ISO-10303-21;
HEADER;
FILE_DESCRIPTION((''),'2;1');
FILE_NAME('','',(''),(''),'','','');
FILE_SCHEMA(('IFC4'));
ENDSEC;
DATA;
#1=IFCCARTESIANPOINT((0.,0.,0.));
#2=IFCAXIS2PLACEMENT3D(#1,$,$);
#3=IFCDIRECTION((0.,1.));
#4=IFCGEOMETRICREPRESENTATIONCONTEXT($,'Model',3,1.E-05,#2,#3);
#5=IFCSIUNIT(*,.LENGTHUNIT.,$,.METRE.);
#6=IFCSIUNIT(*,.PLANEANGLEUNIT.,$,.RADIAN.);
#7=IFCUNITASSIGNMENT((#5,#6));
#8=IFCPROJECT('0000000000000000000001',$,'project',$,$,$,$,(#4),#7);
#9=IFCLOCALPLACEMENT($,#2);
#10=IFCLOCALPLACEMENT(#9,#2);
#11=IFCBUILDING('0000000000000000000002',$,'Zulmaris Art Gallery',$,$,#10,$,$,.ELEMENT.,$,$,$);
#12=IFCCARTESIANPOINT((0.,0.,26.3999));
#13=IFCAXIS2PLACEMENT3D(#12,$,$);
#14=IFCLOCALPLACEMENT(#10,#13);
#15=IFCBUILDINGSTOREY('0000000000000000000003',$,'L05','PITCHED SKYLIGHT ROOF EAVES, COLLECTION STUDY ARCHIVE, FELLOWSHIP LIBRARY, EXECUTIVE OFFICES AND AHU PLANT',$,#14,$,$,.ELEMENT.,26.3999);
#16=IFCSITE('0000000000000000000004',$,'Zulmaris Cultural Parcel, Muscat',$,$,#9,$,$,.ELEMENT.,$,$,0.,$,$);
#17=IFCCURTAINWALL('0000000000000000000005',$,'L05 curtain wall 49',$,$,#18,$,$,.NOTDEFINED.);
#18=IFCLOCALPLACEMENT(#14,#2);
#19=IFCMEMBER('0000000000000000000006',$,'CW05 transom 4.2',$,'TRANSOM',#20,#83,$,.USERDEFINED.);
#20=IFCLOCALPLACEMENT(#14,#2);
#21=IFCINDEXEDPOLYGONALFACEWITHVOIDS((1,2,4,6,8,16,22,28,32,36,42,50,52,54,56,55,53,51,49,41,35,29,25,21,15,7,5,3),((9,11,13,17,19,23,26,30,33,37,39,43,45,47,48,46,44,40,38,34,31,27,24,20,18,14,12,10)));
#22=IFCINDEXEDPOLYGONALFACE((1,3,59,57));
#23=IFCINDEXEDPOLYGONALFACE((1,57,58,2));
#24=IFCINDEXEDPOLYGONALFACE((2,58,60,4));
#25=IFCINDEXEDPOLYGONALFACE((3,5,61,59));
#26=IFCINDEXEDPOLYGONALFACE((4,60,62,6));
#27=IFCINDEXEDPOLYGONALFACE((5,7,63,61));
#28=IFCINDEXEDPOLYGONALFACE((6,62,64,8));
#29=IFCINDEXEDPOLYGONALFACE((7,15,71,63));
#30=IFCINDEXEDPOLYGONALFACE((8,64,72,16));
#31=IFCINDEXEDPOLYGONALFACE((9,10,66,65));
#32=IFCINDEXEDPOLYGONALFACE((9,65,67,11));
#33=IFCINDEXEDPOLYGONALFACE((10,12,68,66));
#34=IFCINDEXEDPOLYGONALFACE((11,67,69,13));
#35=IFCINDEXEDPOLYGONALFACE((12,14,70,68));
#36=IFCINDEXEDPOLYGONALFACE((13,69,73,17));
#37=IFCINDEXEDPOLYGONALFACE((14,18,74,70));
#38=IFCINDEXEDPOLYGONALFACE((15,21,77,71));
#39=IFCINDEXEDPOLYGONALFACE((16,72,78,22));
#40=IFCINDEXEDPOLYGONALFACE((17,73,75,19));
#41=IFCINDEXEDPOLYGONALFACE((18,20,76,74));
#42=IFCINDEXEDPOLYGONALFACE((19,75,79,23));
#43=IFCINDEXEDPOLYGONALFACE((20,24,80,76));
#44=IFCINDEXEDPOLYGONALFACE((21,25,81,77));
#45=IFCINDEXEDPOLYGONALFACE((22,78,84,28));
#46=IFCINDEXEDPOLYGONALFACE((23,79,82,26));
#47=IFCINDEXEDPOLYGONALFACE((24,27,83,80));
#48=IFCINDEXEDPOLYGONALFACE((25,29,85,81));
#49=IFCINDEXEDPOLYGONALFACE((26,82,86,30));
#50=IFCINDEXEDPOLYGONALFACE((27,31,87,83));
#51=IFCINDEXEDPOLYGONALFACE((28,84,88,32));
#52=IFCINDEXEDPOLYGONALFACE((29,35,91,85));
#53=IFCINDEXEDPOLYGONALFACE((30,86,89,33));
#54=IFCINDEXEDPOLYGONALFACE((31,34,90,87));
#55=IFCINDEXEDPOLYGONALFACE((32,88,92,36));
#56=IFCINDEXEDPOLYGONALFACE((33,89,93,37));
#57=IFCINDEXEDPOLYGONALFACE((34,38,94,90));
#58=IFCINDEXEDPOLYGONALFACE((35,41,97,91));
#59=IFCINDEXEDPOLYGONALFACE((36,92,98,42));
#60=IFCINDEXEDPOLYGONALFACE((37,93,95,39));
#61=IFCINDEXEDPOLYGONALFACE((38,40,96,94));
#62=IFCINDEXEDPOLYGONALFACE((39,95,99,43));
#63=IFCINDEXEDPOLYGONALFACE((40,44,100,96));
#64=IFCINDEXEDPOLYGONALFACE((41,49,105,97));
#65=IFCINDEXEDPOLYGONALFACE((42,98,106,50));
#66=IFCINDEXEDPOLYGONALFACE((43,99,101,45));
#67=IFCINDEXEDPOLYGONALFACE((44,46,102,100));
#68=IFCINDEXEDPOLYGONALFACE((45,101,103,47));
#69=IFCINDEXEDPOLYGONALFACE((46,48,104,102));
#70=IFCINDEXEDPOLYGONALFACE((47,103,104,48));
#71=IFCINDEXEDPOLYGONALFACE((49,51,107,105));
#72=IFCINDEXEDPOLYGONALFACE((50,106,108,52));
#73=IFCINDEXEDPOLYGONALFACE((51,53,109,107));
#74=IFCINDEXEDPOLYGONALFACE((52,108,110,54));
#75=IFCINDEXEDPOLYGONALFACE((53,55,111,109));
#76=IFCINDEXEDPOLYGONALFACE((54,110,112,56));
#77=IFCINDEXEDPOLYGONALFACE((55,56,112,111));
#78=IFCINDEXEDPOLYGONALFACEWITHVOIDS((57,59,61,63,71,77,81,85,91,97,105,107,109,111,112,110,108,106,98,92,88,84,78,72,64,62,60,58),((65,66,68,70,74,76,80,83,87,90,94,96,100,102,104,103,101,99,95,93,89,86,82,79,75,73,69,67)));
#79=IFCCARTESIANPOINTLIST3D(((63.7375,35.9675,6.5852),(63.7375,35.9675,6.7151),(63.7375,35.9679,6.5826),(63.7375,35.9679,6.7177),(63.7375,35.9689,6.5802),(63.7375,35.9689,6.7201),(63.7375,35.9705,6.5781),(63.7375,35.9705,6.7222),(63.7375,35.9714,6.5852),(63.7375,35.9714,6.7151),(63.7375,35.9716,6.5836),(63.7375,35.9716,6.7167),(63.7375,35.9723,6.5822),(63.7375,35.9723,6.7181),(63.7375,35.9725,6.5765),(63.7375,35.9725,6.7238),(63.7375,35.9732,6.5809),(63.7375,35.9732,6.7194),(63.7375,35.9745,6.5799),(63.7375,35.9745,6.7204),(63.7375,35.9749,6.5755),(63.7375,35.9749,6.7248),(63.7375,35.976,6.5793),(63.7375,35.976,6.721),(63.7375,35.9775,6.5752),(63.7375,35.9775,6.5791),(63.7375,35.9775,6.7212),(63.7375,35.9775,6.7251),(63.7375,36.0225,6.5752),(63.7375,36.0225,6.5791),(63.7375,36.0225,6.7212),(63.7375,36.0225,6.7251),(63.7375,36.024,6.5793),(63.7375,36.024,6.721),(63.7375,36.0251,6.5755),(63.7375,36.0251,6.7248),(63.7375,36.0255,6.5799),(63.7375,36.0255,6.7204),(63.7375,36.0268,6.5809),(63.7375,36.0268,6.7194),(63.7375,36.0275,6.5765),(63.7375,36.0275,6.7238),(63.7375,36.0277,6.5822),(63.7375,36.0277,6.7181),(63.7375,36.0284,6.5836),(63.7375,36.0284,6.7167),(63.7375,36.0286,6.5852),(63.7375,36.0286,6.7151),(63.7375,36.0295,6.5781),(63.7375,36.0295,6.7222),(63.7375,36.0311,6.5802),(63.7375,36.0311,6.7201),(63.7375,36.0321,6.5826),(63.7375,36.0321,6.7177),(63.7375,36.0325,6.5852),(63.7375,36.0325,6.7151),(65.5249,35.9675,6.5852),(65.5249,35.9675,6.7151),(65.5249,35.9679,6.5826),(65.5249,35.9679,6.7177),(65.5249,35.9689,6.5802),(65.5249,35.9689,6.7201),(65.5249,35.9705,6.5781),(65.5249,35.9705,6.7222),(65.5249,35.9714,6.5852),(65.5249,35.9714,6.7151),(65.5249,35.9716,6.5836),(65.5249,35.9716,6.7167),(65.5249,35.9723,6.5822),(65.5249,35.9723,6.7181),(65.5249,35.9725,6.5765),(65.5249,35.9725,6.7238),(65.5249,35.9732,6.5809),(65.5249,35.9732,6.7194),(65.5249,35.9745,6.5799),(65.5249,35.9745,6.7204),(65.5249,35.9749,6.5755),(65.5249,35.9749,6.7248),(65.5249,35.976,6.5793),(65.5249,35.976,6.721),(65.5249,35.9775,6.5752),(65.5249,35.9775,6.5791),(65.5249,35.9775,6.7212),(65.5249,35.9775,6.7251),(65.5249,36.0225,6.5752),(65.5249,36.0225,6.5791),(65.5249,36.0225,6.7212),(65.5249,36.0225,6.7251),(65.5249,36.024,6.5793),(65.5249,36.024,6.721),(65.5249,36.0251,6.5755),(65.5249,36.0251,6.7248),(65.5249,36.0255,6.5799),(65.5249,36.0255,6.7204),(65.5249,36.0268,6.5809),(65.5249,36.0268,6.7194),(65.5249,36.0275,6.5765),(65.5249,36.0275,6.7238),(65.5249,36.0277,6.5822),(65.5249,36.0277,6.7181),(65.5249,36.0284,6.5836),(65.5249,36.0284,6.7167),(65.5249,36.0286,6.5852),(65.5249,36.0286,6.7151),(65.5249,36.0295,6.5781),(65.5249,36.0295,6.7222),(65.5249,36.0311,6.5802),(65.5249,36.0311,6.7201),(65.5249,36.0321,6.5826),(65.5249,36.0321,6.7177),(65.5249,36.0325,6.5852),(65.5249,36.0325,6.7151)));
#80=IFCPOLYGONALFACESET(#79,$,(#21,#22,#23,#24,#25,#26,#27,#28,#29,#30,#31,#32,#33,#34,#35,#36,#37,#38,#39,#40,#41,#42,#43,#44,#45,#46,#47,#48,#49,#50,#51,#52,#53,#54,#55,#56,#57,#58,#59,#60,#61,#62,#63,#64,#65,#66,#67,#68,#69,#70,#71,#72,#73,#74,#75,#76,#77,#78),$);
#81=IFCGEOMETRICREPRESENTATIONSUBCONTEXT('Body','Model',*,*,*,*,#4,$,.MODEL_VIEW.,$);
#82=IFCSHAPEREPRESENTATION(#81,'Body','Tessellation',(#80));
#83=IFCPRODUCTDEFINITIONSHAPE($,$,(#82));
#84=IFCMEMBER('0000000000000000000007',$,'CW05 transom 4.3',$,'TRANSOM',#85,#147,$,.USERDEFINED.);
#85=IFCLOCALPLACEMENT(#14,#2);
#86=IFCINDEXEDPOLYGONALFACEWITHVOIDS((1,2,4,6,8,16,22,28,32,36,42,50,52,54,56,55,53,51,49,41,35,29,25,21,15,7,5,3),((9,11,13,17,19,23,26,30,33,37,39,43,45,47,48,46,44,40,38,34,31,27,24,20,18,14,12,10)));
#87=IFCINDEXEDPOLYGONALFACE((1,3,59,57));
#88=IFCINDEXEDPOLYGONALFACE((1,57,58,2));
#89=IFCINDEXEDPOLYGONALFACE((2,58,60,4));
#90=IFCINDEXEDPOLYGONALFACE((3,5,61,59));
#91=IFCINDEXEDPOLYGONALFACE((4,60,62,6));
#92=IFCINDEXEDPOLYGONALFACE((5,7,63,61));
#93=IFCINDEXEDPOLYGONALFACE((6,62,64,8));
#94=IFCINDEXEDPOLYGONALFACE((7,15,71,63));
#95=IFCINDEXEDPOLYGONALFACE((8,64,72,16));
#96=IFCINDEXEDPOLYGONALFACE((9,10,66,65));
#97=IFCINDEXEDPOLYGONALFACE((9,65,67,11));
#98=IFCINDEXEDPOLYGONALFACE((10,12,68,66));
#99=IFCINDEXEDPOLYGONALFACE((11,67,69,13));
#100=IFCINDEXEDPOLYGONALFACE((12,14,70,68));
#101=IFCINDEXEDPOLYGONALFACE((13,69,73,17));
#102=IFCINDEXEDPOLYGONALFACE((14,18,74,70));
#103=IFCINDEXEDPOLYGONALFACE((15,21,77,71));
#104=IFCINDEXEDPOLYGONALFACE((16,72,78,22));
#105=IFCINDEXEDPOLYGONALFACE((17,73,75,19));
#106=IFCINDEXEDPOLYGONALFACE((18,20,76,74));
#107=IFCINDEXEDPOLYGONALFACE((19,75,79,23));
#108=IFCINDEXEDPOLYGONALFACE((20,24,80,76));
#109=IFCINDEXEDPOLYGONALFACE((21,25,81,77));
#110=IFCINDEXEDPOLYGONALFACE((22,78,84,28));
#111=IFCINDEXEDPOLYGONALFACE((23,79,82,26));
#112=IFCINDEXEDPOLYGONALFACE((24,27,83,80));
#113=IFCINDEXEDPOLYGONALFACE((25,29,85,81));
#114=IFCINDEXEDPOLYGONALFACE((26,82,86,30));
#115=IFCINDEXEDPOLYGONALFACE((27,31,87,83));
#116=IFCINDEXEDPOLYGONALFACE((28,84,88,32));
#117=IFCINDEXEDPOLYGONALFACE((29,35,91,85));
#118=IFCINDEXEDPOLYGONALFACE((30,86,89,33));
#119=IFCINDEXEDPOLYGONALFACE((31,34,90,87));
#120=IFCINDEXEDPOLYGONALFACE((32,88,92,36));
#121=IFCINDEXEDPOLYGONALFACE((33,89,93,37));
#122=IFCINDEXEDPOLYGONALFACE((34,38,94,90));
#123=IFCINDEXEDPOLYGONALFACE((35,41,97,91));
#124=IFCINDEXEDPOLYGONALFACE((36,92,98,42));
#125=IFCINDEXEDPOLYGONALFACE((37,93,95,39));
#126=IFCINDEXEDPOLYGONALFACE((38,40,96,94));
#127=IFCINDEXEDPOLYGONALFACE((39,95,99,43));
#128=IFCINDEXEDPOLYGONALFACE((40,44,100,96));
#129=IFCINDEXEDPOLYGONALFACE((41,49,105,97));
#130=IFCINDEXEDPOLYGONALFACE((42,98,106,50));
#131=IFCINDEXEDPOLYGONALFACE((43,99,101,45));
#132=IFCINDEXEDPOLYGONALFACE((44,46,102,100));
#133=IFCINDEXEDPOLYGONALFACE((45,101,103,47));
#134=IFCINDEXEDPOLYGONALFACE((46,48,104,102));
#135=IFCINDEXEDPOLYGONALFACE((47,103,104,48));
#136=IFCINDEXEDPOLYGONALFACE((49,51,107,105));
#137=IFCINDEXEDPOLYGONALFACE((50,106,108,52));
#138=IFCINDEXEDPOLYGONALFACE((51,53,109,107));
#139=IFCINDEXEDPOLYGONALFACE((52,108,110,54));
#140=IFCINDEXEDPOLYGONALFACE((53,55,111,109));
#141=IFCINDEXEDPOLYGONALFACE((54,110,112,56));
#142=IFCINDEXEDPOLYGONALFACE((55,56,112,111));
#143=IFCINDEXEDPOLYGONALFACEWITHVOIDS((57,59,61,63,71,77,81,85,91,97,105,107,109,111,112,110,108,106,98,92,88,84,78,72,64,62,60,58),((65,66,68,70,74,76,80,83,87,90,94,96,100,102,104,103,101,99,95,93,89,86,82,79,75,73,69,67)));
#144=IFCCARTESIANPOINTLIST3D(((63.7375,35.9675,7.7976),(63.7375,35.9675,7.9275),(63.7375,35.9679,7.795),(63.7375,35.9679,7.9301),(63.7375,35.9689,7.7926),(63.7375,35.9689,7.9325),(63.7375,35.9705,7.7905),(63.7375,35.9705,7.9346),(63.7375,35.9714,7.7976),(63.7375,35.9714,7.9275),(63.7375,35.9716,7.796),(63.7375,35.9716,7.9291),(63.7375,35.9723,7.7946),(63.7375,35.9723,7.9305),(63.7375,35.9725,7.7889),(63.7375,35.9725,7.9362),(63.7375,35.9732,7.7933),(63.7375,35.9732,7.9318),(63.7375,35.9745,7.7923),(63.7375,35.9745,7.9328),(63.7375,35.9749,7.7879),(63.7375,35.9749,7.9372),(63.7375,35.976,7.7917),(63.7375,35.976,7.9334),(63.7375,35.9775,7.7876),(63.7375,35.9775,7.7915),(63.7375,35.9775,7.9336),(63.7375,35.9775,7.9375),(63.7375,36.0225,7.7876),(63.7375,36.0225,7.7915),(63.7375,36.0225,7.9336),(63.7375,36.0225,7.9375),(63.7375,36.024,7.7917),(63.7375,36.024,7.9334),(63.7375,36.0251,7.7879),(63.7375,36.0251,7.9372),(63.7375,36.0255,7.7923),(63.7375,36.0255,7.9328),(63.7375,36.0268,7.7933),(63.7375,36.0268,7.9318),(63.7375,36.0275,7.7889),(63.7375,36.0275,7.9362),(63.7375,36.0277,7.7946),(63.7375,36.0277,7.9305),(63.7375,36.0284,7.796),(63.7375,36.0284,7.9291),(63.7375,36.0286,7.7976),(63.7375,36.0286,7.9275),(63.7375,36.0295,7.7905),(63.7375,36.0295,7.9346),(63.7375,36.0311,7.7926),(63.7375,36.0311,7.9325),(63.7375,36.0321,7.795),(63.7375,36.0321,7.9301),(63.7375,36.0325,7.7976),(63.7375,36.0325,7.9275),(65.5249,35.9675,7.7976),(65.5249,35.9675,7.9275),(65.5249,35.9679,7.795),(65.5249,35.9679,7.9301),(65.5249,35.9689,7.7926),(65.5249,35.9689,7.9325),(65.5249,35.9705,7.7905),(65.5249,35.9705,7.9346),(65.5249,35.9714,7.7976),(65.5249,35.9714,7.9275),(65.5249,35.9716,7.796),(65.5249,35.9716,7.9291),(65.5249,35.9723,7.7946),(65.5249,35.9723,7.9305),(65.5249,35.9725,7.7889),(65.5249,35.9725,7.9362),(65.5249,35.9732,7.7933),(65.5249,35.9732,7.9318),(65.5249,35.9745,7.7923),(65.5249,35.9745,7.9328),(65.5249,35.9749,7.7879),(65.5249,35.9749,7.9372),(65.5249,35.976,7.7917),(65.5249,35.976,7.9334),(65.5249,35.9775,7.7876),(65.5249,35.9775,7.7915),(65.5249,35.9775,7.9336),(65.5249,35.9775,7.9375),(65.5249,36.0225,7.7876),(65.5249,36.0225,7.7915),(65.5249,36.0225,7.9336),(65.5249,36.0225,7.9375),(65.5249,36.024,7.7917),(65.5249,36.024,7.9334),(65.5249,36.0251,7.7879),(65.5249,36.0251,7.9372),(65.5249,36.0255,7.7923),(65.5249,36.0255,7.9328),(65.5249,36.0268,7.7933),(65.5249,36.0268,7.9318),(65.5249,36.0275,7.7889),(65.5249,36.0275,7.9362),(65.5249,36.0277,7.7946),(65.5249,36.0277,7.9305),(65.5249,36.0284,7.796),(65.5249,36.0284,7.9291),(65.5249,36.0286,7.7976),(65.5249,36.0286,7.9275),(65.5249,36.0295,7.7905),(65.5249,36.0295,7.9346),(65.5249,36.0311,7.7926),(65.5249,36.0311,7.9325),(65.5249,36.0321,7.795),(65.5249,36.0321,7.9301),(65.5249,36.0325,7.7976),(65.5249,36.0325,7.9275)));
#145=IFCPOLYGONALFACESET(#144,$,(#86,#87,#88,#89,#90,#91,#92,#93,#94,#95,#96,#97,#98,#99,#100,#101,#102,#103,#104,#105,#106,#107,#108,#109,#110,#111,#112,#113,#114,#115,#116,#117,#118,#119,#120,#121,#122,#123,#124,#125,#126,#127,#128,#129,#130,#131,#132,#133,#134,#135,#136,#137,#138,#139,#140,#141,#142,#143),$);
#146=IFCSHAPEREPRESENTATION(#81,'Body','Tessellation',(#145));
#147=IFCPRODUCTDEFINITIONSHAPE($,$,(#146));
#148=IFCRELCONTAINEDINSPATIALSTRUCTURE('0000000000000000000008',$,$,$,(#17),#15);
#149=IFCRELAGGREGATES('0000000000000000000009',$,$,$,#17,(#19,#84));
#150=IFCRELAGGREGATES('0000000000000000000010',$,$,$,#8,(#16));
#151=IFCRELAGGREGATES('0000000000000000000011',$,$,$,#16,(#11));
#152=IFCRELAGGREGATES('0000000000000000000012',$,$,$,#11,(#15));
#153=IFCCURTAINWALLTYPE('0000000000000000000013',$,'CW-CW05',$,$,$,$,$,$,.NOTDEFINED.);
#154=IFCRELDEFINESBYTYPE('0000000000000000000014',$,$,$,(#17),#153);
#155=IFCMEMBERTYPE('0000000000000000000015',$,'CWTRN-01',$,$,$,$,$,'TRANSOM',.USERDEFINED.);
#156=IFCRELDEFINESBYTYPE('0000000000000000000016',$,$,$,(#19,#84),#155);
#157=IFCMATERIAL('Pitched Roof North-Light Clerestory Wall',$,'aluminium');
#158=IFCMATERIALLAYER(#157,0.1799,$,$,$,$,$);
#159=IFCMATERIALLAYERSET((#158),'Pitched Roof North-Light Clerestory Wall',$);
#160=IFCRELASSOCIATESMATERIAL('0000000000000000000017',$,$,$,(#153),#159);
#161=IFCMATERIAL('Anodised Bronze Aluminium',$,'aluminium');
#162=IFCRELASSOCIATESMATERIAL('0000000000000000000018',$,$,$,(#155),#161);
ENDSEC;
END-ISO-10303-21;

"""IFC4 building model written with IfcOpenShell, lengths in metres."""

from ifc_helpers import new_model, si_unit, direction, frame, origin, origin_2d, place, context, subcontext, project, spatial, hollow_rectangle, extrude, material, layer, layer_set, material_profile, profile_set, type_object, element, aggregate, save


model = new_model("IFC4")

# Units and contexts
model_context = context("Model", 3, precision=1e-05, world=origin(), true_north=direction((0.0, 1.0)))
body_context = subcontext(model_context, "Body", "Model", "MODEL_VIEW")
ifc_project = project(units=[si_unit("LENGTHUNIT", "METRE"), si_unit("PLANEANGLEUNIT", "RADIAN")], contexts=[model_context])

# Site, building, storey
site_placement = place(None, origin())
site = spatial("IfcSite", under=ifc_project, at=site_placement, Name="Zulmaris Cultural Parcel, Muscat", CompositionType="ELEMENT", RefElevation=0.0)
building_placement = place(site_placement, origin())
building = spatial("IfcBuilding", under=site, at=building_placement, Name="Zulmaris Art Gallery", CompositionType="ELEMENT")
storey_placement = place(building_placement, frame((0.0, 0.0, 26.3999)))
storey = spatial("IfcBuildingStorey", under=building, at=storey_placement, Name="L05", Description="PITCHED SKYLIGHT ROOF EAVES, COLLECTION STUDY ARCHIVE, FELLOWSHIP LIBRARY, EXECUTIVE OFFICES AND AHU PLANT", CompositionType="ELEMENT", Elevation=26.3999)

# Curtain wall, members
ifc_material_1 = material(Name="Pitched Roof North-Light Clerestory Wall", Category="aluminium")
ifc_layer_1 = layer(ifc_material_1, 0.1799)
ifc_layer_set_1 = layer_set([ifc_layer_1], Name="Pitched Roof North-Light Clerestory Wall")
curtain_wall_type = type_object("IfcCurtainWallType", Name="CW-CW05", PredefinedType="NOTDEFINED", material=ifc_layer_set_1)
curtain_wall_placement = place(storey_placement, origin())
curtain_wall = element("IfcCurtainWall", 1, at=curtain_wall_placement, inside=storey, type_object=curtain_wall_type, Name="L05 curtain wall 49", PredefinedType="NOTDEFINED")
ifc_material_2 = material(Name="Anodised Bronze Aluminium", Category="aluminium")
ifc_material_profile_1 = material_profile(ifc_material_2, hollow_rectangle(XDim=0.0649, YDim=0.1499, WallThickness=0.0039, InnerFilletRadius=0.0061, OuterFilletRadius=0.01, at=origin_2d()), Name="ALU 65x150x4")
ifc_profile_set_1 = profile_set([ifc_material_profile_1], Name="Anodised Bronze Aluminium")
member_type_1 = type_object("IfcMemberType", Name="CWTRN-01", ElementType="TRANSOM", PredefinedType="USERDEFINED", material=ifc_profile_set_1)
member_1_placement = place(storey_placement, frame((63.7375, 36.0, 6.6501), z_axis=(1.0, 0.0, 0.0), x_axis=(0.0, 1.0, 0.0)))
member_1 = element("IfcMember", 2, at=member_1_placement, type_object=member_type_1, Name="CW05 transom 4.2", ObjectType="TRANSOM", PredefinedType="USERDEFINED", context=body_context, shape_type="SweptSolid", body=[
    extrude(hollow_rectangle(XDim=0.0649, YDim=0.1499, WallThickness=0.0039, InnerFilletRadius=0.0061, OuterFilletRadius=0.01, at=origin_2d()), origin(), (0.0, 0.0, 1.0), 1.7874),
])
member_2_placement = place(storey_placement, frame((63.7375, 36.0, 7.8625), z_axis=(1.0, 0.0, 0.0), x_axis=(0.0, 1.0, 0.0)))
member_2 = element("IfcMember", 3, at=member_2_placement, type_object=member_type_1, Name="CW05 transom 4.3", ObjectType="TRANSOM", PredefinedType="USERDEFINED", context=body_context, shape_type="SweptSolid", body=[
    extrude(hollow_rectangle(XDim=0.0649, YDim=0.1499, WallThickness=0.0039, InnerFilletRadius=0.0061, OuterFilletRadius=0.01, at=origin_2d()), origin(), (0.0, 0.0, 1.0), 1.7874),
])

aggregate(curtain_wall, [member_1, member_2])

save(model, "model.ifc")
